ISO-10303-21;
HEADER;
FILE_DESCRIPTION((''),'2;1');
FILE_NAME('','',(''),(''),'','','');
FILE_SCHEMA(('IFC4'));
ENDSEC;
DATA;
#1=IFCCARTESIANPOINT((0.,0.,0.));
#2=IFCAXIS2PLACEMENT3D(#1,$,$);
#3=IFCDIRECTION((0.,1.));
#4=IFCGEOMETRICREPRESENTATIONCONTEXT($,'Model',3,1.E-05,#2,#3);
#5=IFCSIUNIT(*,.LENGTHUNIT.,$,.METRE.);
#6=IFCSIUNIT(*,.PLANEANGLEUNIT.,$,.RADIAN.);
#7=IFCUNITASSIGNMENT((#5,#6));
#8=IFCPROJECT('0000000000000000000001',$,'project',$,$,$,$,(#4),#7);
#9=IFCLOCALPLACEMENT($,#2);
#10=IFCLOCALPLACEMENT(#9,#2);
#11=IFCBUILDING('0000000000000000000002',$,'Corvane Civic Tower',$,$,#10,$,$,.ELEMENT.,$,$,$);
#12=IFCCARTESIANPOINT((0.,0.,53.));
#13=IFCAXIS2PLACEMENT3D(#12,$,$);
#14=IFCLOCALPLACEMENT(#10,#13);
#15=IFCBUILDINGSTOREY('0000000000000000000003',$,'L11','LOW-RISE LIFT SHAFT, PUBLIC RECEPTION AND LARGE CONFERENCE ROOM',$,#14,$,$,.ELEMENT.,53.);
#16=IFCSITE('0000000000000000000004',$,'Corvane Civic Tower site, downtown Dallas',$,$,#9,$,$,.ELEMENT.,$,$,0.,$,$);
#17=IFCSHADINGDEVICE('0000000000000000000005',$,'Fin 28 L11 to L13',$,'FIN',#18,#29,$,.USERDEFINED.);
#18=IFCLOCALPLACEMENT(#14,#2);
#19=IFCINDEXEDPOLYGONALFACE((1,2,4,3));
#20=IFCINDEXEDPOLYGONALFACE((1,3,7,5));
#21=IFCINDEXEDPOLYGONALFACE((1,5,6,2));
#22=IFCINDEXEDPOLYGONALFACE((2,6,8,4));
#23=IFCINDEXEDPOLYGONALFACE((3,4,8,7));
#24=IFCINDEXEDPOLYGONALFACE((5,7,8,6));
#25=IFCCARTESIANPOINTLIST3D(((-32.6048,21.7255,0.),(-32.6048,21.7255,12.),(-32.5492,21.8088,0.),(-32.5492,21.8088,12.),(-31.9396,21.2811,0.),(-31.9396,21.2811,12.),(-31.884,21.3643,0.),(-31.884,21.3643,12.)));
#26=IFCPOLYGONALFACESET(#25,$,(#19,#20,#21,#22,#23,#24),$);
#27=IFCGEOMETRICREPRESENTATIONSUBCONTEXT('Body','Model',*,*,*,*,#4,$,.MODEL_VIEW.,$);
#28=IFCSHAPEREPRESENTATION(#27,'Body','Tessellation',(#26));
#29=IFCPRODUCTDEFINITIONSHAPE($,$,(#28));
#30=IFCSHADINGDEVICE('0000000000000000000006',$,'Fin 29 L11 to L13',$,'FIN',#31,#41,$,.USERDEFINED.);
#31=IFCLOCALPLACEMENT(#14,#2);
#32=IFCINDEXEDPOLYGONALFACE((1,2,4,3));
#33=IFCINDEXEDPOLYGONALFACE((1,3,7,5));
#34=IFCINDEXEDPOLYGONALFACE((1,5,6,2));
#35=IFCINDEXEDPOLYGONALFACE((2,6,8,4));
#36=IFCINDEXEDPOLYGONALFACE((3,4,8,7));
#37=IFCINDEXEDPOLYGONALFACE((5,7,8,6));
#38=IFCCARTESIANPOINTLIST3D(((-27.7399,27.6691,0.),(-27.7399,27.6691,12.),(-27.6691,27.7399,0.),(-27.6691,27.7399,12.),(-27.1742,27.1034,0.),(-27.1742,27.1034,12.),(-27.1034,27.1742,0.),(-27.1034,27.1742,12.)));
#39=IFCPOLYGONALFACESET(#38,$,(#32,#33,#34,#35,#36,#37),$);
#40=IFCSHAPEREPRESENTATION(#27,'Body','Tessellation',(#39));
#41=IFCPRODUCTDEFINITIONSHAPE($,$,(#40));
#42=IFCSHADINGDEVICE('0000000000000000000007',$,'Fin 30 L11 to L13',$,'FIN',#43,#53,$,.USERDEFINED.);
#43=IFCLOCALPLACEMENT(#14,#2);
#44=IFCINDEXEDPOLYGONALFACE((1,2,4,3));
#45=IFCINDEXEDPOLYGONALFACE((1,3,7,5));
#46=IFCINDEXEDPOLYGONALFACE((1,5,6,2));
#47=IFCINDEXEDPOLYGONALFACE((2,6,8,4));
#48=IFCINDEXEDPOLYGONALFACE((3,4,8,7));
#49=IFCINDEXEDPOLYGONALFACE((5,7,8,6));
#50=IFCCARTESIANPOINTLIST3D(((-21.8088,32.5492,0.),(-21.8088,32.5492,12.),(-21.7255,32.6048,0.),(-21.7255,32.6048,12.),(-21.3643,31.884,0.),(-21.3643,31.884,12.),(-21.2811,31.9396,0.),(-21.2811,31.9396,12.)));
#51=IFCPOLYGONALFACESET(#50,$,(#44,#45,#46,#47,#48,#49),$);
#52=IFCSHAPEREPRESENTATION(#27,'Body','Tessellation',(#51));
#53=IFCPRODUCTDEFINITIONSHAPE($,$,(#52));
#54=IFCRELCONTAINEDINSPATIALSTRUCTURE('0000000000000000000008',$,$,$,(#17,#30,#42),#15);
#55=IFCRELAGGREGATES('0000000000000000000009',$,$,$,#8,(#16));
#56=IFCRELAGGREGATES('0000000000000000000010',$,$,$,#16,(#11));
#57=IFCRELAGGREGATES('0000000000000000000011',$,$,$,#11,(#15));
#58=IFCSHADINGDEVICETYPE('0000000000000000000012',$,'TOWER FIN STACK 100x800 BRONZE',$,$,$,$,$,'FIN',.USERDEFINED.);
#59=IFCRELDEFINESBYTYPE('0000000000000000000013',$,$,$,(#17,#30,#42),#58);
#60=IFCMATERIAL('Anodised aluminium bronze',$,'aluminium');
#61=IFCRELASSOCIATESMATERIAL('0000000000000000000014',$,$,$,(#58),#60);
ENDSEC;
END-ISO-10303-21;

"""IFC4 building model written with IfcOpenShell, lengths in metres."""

from ifc_helpers import new_model, si_unit, direction, frame, origin, origin_2d, place, context, subcontext, project, spatial, rectangle, extrude, material, material_profile, profile_set, type_object, element, save


model = new_model("IFC4")

# Units and contexts
model_context = context("Model", 3, precision=1e-05, world=origin(), true_north=direction((0.0, 1.0)))
body_context = subcontext(model_context, "Body", "Model", "MODEL_VIEW")
ifc_project = project(units=[si_unit("LENGTHUNIT", "METRE"), si_unit("PLANEANGLEUNIT", "RADIAN")], contexts=[model_context])

# Site, building, storey
site_placement = place(None, origin())
site = spatial("IfcSite", under=ifc_project, at=site_placement, Name="Corvane Civic Tower site, downtown Dallas", CompositionType="ELEMENT", RefElevation=0.0)
building_placement = place(site_placement, origin())
building = spatial("IfcBuilding", under=site, at=building_placement, Name="Corvane Civic Tower", CompositionType="ELEMENT")
storey_placement = place(building_placement, frame((0.0, 0.0, 53.0)))
storey = spatial("IfcBuildingStorey", under=building, at=storey_placement, Name="L11", Description="LOW-RISE LIFT SHAFT, PUBLIC RECEPTION AND LARGE CONFERENCE ROOM", CompositionType="ELEMENT", Elevation=53.0)

# Shading devices
ifc_material_1 = material(Name="Anodised aluminium bronze", Category="aluminium")
ifc_material_profile_1 = material_profile(ifc_material_1, rectangle(XDim=0.1001, YDim=0.8, at=origin_2d()), Name="TOWER FIN STACK 100x800 BRONZE")
ifc_profile_set_1 = profile_set([ifc_material_profile_1], Name="Anodised aluminium bronze")
shading_device_type = type_object("IfcShadingDeviceType", Name="TOWER FIN STACK 100x800 BRONZE", ElementType="FIN", PredefinedType="USERDEFINED", material=ifc_profile_set_1)
for number, where, z_axis, x_axis, name in (
    (1, (-32.2444, 21.5449, 0.0), (0.0, 0.0, 1.0), (0.55557, 0.83147, 0.0), "Fin 28 L11 to L13"),
    (2, (-27.4216, 27.4216, 0.0), (0.0, 0.0, 1.0), (0.707107, 0.707107, 0.0), "Fin 29 L11 to L13"),
    (3, (-21.5449, 32.2444, 0.0), (0.0, 0.0, 1.0), (0.83147, 0.55557, 0.0), "Fin 30 L11 to L13"),
):
    element("IfcShadingDevice", number, at=place(storey_placement, frame(where, z_axis=z_axis, x_axis=x_axis)), inside=storey, type_object=shading_device_type, Name=name, ObjectType="FIN", PredefinedType="USERDEFINED", context=body_context, shape_type="SweptSolid", body=[
        extrude(rectangle(XDim=0.1001, YDim=0.8, at=origin_2d()), origin(), (0.0, 0.0, 1.0), 12.0),
    ])

save(model, "model.ifc")
